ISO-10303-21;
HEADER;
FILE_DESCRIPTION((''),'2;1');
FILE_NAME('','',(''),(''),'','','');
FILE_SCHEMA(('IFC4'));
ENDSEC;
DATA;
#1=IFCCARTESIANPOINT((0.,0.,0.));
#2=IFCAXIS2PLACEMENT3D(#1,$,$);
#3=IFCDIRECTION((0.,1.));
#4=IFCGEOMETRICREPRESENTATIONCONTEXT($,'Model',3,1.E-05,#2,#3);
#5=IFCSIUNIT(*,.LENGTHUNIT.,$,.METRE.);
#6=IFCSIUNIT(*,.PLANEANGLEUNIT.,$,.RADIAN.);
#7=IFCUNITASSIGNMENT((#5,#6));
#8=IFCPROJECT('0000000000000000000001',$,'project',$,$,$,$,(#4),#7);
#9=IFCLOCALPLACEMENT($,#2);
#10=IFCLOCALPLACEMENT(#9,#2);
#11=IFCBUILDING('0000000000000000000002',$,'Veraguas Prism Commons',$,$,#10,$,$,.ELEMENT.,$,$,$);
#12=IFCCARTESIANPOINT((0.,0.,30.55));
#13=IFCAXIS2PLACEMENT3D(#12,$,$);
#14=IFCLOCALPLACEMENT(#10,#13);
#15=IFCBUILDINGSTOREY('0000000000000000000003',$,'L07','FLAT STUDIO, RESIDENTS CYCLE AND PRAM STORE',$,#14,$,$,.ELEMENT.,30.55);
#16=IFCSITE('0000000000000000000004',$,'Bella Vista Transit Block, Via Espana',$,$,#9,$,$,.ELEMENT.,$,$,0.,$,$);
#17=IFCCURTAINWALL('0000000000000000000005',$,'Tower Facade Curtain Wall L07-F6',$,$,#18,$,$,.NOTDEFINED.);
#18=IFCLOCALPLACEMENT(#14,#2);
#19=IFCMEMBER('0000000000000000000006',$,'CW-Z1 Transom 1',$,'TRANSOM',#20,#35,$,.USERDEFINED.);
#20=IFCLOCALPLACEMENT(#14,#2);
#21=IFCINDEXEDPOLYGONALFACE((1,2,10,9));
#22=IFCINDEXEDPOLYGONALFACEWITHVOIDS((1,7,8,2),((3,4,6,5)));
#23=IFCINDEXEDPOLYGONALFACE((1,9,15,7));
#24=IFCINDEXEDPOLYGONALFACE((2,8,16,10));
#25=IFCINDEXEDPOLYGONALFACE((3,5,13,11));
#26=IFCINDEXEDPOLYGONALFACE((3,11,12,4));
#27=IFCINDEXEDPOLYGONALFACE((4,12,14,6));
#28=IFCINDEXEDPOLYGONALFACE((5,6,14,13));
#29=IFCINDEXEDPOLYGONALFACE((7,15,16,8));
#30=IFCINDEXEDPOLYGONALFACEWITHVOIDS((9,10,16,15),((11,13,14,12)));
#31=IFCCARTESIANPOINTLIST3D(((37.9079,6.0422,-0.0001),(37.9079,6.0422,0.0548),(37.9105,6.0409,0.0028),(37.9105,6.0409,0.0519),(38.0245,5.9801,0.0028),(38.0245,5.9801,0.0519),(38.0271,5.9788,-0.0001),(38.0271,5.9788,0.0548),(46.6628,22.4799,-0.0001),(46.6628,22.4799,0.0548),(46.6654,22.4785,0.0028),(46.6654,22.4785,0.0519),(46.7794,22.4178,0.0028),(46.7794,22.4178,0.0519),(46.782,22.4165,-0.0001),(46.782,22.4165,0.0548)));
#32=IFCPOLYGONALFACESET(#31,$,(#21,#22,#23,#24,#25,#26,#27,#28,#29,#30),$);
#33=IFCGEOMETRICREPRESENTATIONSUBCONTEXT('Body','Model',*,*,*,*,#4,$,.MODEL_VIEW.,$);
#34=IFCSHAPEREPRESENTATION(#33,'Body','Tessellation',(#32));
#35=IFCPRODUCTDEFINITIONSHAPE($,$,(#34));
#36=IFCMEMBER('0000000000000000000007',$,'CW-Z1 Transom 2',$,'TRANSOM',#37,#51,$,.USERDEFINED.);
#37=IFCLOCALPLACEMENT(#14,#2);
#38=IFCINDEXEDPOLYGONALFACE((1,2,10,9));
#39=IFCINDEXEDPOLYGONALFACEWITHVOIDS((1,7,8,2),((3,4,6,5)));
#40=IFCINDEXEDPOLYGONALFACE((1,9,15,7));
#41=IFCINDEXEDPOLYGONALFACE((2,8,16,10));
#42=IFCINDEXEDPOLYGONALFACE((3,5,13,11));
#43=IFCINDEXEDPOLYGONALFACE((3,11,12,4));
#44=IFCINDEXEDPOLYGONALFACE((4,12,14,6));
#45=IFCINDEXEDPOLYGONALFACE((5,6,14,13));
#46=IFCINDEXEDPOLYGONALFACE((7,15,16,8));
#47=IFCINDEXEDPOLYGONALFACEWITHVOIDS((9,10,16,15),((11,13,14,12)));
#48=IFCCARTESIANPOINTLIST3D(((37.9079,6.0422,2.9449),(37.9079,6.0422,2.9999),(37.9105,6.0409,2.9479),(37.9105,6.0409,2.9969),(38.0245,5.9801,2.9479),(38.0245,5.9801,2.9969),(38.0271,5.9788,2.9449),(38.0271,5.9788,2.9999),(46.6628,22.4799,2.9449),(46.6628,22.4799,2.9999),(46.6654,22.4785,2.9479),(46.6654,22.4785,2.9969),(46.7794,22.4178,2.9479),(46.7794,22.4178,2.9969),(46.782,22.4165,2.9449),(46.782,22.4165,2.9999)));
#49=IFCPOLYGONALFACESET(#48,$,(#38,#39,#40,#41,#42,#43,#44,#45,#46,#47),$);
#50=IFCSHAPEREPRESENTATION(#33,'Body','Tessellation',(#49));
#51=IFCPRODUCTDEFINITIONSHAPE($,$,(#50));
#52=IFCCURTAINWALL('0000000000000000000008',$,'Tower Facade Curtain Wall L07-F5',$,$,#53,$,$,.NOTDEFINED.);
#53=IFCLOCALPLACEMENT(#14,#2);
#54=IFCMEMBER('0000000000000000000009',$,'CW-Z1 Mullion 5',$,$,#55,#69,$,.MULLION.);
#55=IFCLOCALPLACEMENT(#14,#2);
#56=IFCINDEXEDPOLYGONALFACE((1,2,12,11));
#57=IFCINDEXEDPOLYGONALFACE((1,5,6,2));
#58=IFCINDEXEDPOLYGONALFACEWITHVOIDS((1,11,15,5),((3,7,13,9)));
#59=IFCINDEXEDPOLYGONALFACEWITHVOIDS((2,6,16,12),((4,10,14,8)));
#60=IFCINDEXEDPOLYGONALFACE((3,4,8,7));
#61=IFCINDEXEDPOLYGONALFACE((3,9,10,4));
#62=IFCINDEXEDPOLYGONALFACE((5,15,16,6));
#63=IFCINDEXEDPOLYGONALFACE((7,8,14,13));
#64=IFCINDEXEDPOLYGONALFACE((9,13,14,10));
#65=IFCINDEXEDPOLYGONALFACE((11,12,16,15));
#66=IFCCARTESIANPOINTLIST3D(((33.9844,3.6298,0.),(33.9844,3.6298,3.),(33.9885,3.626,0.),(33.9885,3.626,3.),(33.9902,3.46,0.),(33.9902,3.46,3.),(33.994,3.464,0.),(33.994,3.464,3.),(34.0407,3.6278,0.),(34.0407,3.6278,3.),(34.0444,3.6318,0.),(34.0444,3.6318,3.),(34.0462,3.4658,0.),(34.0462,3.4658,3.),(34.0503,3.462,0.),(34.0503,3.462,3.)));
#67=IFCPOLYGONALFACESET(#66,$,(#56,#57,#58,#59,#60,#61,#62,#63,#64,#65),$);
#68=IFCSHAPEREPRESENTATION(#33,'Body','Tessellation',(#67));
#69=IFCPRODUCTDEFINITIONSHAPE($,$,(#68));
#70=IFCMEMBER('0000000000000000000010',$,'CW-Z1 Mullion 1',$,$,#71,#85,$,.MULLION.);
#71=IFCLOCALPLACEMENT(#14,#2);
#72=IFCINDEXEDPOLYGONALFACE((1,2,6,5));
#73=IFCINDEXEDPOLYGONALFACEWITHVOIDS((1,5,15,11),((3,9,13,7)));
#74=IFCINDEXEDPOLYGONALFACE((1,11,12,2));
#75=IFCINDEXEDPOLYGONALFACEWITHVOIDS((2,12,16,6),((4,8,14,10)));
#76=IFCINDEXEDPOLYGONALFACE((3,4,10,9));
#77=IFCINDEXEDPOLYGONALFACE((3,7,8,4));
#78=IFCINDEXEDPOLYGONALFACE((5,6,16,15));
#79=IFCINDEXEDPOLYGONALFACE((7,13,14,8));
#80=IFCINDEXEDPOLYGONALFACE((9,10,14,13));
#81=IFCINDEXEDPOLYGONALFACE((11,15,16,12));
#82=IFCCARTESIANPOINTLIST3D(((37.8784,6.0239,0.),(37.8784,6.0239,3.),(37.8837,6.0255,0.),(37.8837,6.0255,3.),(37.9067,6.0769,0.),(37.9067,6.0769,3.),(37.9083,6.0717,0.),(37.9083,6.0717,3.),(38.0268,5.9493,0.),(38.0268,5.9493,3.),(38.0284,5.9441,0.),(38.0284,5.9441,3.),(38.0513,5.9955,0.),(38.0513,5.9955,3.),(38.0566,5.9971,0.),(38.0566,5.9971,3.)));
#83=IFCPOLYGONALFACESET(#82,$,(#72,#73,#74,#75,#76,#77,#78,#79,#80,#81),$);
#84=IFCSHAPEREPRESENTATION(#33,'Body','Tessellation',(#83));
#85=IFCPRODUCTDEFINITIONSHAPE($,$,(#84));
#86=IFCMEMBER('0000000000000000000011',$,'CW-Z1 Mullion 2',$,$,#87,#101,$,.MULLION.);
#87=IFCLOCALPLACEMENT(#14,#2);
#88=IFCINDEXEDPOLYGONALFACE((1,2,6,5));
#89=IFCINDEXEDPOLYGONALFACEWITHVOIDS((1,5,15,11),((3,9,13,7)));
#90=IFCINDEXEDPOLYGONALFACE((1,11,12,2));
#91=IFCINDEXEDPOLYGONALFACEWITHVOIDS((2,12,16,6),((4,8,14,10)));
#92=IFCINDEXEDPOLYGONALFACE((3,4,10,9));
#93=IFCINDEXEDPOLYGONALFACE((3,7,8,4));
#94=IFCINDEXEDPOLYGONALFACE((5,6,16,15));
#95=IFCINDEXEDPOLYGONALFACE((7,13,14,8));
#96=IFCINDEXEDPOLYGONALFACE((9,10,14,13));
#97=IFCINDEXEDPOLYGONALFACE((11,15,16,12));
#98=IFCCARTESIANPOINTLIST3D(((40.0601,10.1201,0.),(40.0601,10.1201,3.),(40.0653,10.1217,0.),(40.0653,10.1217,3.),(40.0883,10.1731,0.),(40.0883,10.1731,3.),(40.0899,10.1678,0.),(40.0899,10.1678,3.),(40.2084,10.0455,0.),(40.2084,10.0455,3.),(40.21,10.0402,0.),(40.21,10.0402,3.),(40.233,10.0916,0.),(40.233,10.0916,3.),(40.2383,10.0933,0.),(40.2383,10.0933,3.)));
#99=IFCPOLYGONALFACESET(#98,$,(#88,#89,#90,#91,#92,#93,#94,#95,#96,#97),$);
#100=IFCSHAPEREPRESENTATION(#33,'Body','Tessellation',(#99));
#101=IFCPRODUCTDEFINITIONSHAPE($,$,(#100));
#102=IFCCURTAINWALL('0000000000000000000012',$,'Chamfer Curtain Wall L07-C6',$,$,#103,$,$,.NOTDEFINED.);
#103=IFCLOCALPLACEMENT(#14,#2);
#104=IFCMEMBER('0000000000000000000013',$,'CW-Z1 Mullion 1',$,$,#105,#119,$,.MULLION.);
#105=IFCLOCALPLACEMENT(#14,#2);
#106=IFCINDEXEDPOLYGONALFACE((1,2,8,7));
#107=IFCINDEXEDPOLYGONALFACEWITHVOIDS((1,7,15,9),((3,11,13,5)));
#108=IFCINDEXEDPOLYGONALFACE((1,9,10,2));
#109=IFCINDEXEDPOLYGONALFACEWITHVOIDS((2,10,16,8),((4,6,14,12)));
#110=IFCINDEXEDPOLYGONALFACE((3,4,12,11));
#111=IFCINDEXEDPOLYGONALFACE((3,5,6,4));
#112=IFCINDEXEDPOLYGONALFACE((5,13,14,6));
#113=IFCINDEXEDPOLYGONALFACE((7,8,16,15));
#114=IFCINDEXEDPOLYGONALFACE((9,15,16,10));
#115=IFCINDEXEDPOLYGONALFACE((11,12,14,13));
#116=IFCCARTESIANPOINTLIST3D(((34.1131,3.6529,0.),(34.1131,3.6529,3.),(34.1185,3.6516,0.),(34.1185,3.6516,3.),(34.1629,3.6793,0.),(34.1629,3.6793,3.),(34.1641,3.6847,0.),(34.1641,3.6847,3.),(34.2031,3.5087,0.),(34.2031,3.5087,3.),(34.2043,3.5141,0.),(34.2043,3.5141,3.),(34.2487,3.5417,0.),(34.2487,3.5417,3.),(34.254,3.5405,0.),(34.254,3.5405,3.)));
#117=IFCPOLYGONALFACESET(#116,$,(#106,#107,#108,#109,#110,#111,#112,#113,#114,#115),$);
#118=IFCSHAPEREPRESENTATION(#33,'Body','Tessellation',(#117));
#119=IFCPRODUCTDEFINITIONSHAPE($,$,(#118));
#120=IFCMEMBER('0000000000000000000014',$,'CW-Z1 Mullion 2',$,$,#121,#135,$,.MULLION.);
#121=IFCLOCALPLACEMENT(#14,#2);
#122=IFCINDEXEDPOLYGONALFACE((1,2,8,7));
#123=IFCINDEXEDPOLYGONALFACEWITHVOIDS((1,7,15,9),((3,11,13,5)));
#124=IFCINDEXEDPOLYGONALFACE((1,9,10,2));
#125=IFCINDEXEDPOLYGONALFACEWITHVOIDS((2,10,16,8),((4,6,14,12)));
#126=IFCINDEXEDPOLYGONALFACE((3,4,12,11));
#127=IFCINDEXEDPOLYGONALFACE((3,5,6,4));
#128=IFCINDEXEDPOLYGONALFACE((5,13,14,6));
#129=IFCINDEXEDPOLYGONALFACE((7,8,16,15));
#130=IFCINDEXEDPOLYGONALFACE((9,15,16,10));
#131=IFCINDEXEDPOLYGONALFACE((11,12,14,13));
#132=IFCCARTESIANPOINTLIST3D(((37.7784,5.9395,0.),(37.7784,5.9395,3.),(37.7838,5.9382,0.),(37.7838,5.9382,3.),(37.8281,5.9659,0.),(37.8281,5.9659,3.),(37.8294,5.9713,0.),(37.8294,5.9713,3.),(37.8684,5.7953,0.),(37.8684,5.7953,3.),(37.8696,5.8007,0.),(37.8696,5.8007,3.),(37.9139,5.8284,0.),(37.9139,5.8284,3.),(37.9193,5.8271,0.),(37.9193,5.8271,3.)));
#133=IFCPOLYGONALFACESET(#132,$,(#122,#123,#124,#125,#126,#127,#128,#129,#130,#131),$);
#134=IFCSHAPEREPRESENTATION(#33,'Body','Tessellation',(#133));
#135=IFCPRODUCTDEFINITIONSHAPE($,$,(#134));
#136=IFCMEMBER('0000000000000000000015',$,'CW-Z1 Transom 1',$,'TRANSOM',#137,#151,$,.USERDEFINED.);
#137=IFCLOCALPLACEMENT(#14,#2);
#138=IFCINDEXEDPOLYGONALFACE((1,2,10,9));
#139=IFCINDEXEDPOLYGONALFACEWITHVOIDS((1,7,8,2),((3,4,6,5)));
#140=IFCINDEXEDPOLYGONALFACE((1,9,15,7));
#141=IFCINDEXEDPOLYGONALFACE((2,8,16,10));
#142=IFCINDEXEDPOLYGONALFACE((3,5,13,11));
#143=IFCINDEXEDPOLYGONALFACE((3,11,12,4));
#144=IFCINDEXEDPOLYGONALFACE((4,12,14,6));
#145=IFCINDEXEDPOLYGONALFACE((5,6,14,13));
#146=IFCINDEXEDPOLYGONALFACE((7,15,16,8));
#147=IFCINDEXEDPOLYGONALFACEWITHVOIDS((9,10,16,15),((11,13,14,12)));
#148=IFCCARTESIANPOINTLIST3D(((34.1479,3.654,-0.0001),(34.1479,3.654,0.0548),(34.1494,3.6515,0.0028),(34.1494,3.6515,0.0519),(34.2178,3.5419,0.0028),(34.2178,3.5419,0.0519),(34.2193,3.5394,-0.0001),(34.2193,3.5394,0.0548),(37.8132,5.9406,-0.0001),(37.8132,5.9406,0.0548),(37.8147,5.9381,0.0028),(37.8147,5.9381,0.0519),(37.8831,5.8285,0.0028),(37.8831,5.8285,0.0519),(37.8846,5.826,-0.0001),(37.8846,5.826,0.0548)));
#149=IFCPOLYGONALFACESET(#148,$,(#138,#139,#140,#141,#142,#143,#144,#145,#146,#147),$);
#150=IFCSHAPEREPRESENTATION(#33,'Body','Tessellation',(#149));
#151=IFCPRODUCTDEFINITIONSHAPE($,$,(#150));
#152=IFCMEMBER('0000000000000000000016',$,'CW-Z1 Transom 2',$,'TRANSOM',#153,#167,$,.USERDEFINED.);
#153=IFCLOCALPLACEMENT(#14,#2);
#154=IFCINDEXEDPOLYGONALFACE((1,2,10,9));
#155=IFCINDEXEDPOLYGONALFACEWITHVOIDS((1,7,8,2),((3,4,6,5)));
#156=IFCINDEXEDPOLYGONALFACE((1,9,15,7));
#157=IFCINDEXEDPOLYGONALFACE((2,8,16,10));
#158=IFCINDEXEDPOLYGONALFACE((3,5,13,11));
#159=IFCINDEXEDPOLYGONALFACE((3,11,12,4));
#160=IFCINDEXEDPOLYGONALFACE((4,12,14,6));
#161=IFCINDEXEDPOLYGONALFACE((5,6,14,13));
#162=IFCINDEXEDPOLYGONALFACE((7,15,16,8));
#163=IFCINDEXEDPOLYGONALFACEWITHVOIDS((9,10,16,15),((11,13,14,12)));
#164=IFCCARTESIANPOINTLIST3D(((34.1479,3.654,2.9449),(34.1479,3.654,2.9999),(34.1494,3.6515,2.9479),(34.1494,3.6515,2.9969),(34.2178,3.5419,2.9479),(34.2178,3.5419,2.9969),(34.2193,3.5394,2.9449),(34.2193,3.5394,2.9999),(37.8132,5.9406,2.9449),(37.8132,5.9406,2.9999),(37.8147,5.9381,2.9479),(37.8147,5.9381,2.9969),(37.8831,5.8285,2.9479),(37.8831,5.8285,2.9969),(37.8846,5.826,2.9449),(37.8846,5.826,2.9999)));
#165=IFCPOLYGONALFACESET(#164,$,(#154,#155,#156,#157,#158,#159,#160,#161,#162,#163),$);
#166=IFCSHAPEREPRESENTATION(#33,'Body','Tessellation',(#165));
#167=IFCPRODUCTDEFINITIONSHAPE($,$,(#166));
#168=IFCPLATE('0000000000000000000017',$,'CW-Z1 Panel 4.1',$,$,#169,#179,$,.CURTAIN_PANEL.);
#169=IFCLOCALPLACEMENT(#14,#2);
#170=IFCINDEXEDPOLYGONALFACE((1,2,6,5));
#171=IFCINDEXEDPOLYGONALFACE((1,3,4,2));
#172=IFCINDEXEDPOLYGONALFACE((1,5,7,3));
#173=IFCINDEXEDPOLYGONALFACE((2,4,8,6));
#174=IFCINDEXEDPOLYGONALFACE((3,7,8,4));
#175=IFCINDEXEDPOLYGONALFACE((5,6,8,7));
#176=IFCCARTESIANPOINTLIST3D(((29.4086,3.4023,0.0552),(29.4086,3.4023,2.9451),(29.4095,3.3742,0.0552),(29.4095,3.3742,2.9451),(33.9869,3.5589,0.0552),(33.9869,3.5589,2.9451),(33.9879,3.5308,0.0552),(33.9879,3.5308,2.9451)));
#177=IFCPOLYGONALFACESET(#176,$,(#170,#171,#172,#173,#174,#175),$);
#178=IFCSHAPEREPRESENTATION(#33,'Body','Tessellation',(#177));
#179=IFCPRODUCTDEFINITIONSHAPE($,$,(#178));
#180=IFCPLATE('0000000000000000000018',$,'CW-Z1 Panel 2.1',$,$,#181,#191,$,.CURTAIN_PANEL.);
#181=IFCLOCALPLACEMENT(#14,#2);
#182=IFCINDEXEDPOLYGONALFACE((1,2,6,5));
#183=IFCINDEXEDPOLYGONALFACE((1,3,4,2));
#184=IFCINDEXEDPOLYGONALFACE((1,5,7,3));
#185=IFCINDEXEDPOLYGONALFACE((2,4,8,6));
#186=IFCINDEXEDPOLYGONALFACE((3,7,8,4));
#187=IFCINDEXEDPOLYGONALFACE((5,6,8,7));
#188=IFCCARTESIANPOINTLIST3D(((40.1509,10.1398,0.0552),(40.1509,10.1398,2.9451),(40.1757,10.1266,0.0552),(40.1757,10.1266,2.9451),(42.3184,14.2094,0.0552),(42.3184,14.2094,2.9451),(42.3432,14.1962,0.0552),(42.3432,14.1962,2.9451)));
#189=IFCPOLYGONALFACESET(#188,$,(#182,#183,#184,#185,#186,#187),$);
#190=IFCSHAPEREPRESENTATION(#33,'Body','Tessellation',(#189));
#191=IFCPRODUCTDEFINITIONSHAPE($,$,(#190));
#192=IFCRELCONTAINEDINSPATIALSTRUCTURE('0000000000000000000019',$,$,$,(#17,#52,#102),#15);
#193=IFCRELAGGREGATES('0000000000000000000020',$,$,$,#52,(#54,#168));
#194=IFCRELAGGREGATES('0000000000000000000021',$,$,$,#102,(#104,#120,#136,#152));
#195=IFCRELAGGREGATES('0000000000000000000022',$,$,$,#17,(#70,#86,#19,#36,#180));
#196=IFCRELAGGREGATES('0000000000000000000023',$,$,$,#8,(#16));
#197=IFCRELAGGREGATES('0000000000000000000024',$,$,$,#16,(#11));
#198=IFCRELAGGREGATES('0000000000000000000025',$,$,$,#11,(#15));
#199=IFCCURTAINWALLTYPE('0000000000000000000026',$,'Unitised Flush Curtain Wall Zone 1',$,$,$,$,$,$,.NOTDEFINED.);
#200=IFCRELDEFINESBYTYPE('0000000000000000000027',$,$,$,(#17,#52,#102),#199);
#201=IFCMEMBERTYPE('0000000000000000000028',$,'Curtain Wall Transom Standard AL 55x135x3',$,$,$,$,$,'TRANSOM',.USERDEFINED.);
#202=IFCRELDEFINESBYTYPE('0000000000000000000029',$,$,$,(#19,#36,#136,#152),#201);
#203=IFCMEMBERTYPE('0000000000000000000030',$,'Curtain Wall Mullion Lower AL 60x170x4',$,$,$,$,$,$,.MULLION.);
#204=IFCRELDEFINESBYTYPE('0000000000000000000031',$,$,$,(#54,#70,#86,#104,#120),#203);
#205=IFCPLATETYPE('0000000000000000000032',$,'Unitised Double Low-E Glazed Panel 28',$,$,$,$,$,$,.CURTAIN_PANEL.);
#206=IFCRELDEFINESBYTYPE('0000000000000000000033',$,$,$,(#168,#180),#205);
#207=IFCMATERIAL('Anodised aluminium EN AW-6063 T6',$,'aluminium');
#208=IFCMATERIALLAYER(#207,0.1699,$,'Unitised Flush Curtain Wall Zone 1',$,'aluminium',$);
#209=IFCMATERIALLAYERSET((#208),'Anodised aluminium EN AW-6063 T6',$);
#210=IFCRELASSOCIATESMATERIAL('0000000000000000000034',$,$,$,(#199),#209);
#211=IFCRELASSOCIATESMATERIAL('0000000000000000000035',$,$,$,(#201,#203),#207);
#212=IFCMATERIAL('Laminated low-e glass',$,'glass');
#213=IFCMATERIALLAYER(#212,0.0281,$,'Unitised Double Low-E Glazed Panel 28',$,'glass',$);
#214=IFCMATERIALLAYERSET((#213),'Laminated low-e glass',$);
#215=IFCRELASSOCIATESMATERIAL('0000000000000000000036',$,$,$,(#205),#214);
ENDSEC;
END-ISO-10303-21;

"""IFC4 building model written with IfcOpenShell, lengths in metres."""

from ifc_helpers import new_model, si_unit, direction, frame, origin, origin_2d, place, context, subcontext, project, spatial, rectangle, hollow_rectangle, extrude, source, transform, mapped, material, layer, layer_set, material_profile, profile_set, type_object, element, aggregate, save


model = new_model("IFC4")

# Units and contexts
model_context = context("Model", 3, precision=1e-05, world=origin(), true_north=direction((0.0, 1.0)))
body_context = subcontext(model_context, "Body", "Model", "MODEL_VIEW")
ifc_project = project(units=[si_unit("LENGTHUNIT", "METRE"), si_unit("PLANEANGLEUNIT", "RADIAN")], contexts=[model_context])

# Site, building, storey
site_placement = place(None, origin())
site = spatial("IfcSite", under=ifc_project, at=site_placement, Name="Bella Vista Transit Block, Via Espana", CompositionType="ELEMENT", RefElevation=0.0)
building_placement = place(site_placement, origin())
building = spatial("IfcBuilding", under=site, at=building_placement, Name="Veraguas Prism Commons", CompositionType="ELEMENT")
storey_placement = place(building_placement, frame((0.0, 0.0, 30.55)))
storey = spatial("IfcBuildingStorey", under=building, at=storey_placement, Name="L07", Description="FLAT STUDIO, RESIDENTS CYCLE AND PRAM STORE", CompositionType="ELEMENT", Elevation=30.55)

# Curtain wall, members
ifc_material_1 = material(Name="Anodised aluminium EN AW-6063 T6", Category="aluminium")
ifc_layer_1 = layer(ifc_material_1, 0.1699, Name="Unitised Flush Curtain Wall Zone 1", Category="aluminium")
ifc_layer_set_1 = layer_set([ifc_layer_1], Name="Anodised aluminium EN AW-6063 T6")
curtain_wall_type = type_object("IfcCurtainWallType", Name="Unitised Flush Curtain Wall Zone 1", PredefinedType="NOTDEFINED", material=ifc_layer_set_1)
curtain_wall_1_placement = place(storey_placement, origin())
curtain_wall_1 = element("IfcCurtainWall", 1, at=curtain_wall_1_placement, inside=storey, type_object=curtain_wall_type, Name="Tower Facade Curtain Wall L07-F6", PredefinedType="NOTDEFINED")
ifc_material_profile_1 = material_profile(ifc_material_1, hollow_rectangle(XDim=0.0549, YDim=0.135, WallThickness=0.0029, at=origin_2d()), Name="AL55X135X3")
ifc_profile_set_1 = profile_set([ifc_material_profile_1], Name="Anodised aluminium EN AW-6063 T6")
member_type_1 = type_object("IfcMemberType", Name="Curtain Wall Transom Standard AL 55x135x3", ElementType="TRANSOM", PredefinedType="USERDEFINED", material=ifc_profile_set_1)
shared_shape_1 = source(origin(), body_context, "Body", "SweptSolid", [
    extrude(hollow_rectangle(XDim=0.0549, YDim=0.135, WallThickness=0.0029, at=origin_2d()), origin(), (0.0, 0.0, 1.0), 18.6238),
])
member_1_placement = place(storey_placement, frame((37.9675, 6.0105, 0.0273), z_axis=(0.47009, 0.882618, 0.0), x_axis=(0.0, 0.0, 1.0)))
member_1 = element("IfcMember", 2, at=member_1_placement, type_object=member_type_1, Name="CW-Z1 Transom 1", ObjectType="TRANSOM", PredefinedType="USERDEFINED", context=body_context, shape_type="MappedRepresentation", body=[
    mapped(shared_shape_1, transform((0.0, 0.0, 0.0), scale=1.0)),
])
member_2_placement = place(storey_placement, frame((37.9675, 6.0105, 2.9724), z_axis=(0.47009, 0.882618, 0.0), x_axis=(0.0, 0.0, 1.0)))
member_2 = element("IfcMember", 3, at=member_2_placement, type_object=member_type_1, Name="CW-Z1 Transom 2", ObjectType="TRANSOM", PredefinedType="USERDEFINED", context=body_context, shape_type="MappedRepresentation", body=[
    mapped(shared_shape_1, transform((0.0, 0.0, 0.0), scale=1.0)),
])

# Curtain wall, member
curtain_wall_2_placement = place(storey_placement, origin())
curtain_wall_2 = element("IfcCurtainWall", 4, at=curtain_wall_2_placement, inside=storey, type_object=curtain_wall_type, Name="Tower Facade Curtain Wall L07-F5", PredefinedType="NOTDEFINED")
ifc_material_profile_2 = material_profile(ifc_material_1, hollow_rectangle(XDim=0.0601, YDim=0.1699, WallThickness=0.0039, at=origin_2d()), Name="AL60X170X4")
ifc_profile_set_2 = profile_set([ifc_material_profile_2], Name="Anodised aluminium EN AW-6063 T6")
member_type_2 = type_object("IfcMemberType", Name="Curtain Wall Mullion Lower AL 60x170x4", PredefinedType="MULLION", material=ifc_profile_set_2)
shared_shape_2 = source(origin(), body_context, "Body", "SweptSolid", [
    extrude(hollow_rectangle(XDim=0.0601, YDim=0.1699, WallThickness=0.0039, at=origin_2d()), origin(), (0.0, 0.0, 1.0), 3.0),
])
member_3_placement = place(storey_placement, frame((34.0173, 3.5459, 0.0), z_axis=(0.0, 0.0, 1.0), x_axis=(0.999415, 0.034195, 0.0)))
member_3 = element("IfcMember", 5, at=member_3_placement, type_object=member_type_2, Name="CW-Z1 Mullion 5", PredefinedType="MULLION", context=body_context, shape_type="MappedRepresentation", body=[
    mapped(shared_shape_2, transform((0.0, 0.0, 0.0), scale=1.0)),
])

# Members
member_4_placement = place(storey_placement, frame((37.9675, 6.0105, 0.0), z_axis=(0.0, 0.0, 1.0), x_axis=(0.470089, 0.882619, 0.0)))
member_4 = element("IfcMember", 6, at=member_4_placement, type_object=member_type_2, Name="CW-Z1 Mullion 1", PredefinedType="MULLION", context=body_context, shape_type="MappedRepresentation", body=[
    mapped(shared_shape_2, transform((0.0, 0.0, 0.0), scale=1.0)),
])
member_5_placement = place(storey_placement, frame((40.1492, 10.1067, 0.0), z_axis=(0.0, 0.0, 1.0), x_axis=(0.470089, 0.882619, 0.0)))
member_5 = element("IfcMember", 7, at=member_5_placement, type_object=member_type_2, Name="CW-Z1 Mullion 2", PredefinedType="MULLION", context=body_context, shape_type="MappedRepresentation", body=[
    mapped(shared_shape_2, transform((0.0, 0.0, 0.0), scale=1.0)),
])

# Curtain wall, members
curtain_wall_3_placement = place(storey_placement, origin())
curtain_wall_3 = element("IfcCurtainWall", 8, at=curtain_wall_3_placement, inside=storey, type_object=curtain_wall_type, Name="Chamfer Curtain Wall L07-C6", PredefinedType="NOTDEFINED")
member_6_placement = place(storey_placement, frame((34.1836, 3.5967, 0.0), z_axis=(0.0, 0.0, 1.0), x_axis=(0.848425, 0.529315, 0.0)))
member_6 = element("IfcMember", 9, at=member_6_placement, type_object=member_type_2, Name="CW-Z1 Mullion 1", PredefinedType="MULLION", context=body_context, shape_type="MappedRepresentation", body=[
    mapped(shared_shape_2, transform((0.0, 0.0, 0.0), scale=1.0)),
])
member_7_placement = place(storey_placement, frame((37.8489, 5.8833, 0.0), z_axis=(0.0, 0.0, 1.0), x_axis=(0.848425, 0.529315, 0.0)))
member_7 = element("IfcMember", 10, at=member_7_placement, type_object=member_type_2, Name="CW-Z1 Mullion 2", PredefinedType="MULLION", context=body_context, shape_type="MappedRepresentation", body=[
    mapped(shared_shape_2, transform((0.0, 0.0, 0.0), scale=1.0)),
])
shared_shape_3 = source(origin(), body_context, "Body", "SweptSolid", [
    extrude(hollow_rectangle(XDim=0.0549, YDim=0.135, WallThickness=0.0029, at=origin_2d()), origin(), (0.0, 0.0, 1.0), 4.3201),
])
member_8_placement = place(storey_placement, frame((34.1836, 3.5967, 0.0273), z_axis=(0.848433, 0.529303, 0.0), x_axis=(0.0, 0.0, 1.0)))
member_8 = element("IfcMember", 11, at=member_8_placement, type_object=member_type_1, Name="CW-Z1 Transom 1", ObjectType="TRANSOM", PredefinedType="USERDEFINED", context=body_context, shape_type="MappedRepresentation", body=[
    mapped(shared_shape_3, transform((0.0, 0.0, 0.0), scale=1.0)),
])
member_9_placement = place(storey_placement, frame((34.1836, 3.5967, 2.9724), z_axis=(0.848433, 0.529303, 0.0), x_axis=(0.0, 0.0, 1.0)))
member_9 = element("IfcMember", 12, at=member_9_placement, type_object=member_type_1, Name="CW-Z1 Transom 2", ObjectType="TRANSOM", PredefinedType="USERDEFINED", context=body_context, shape_type="MappedRepresentation", body=[
    mapped(shared_shape_3, transform((0.0, 0.0, 0.0), scale=1.0)),
])

# Plates
ifc_material_2 = material(Name="Laminated low-e glass", Category="glass")
ifc_layer_2 = layer(ifc_material_2, 0.0281, Name="Unitised Double Low-E Glazed Panel 28", Category="glass")
ifc_layer_set_2 = layer_set([ifc_layer_2], Name="Laminated low-e glass")
plate_type = type_object("IfcPlateType", Name="Unitised Double Low-E Glazed Panel 28", PredefinedType="CURTAIN_PANEL", material=ifc_layer_set_2)
shared_shape_4 = source(origin(), body_context, "Body", "SweptSolid", [
    extrude(rectangle(XDim=4.5811, YDim=0.0281, at=origin_2d()), origin(), (0.0, 0.0, 1.0), 2.8899),
])
plate_1_placement = place(storey_placement, frame((31.6982, 3.4666, 0.0552), z_axis=(0.0, 0.0, 1.0), x_axis=(0.999415, 0.034195, 0.0)))
plate_1 = element("IfcPlate", 13, at=plate_1_placement, type_object=plate_type, Name="CW-Z1 Panel 4.1", PredefinedType="CURTAIN_PANEL", context=body_context, shape_type="MappedRepresentation", body=[
    mapped(shared_shape_4, transform((0.0, 0.0, 0.0), scale=1.0)),
])
aggregate(curtain_wall_2, [member_3, plate_1])
shared_shape_5 = source(origin(), body_context, "Body", "SweptSolid", [
    extrude(rectangle(XDim=4.6108, YDim=0.0281, at=origin_2d()), origin(), (0.0, 0.0, 1.0), 2.8899),
])
plate_2_placement = place(storey_placement, frame((41.2471, 12.168, 0.0552), z_axis=(0.0, 0.0, 1.0), x_axis=(0.470089, 0.882619, 0.0)))
plate_2 = element("IfcPlate", 14, at=plate_2_placement, type_object=plate_type, Name="CW-Z1 Panel 2.1", PredefinedType="CURTAIN_PANEL", context=body_context, shape_type="MappedRepresentation", body=[
    mapped(shared_shape_5, transform((0.0, 0.0, 0.0), scale=1.0)),
])
aggregate(curtain_wall_3, [member_6, member_7, member_8, member_9])
aggregate(curtain_wall_1, [member_4, member_5, member_1, member_2, plate_2])

save(model, "model.ifc")
